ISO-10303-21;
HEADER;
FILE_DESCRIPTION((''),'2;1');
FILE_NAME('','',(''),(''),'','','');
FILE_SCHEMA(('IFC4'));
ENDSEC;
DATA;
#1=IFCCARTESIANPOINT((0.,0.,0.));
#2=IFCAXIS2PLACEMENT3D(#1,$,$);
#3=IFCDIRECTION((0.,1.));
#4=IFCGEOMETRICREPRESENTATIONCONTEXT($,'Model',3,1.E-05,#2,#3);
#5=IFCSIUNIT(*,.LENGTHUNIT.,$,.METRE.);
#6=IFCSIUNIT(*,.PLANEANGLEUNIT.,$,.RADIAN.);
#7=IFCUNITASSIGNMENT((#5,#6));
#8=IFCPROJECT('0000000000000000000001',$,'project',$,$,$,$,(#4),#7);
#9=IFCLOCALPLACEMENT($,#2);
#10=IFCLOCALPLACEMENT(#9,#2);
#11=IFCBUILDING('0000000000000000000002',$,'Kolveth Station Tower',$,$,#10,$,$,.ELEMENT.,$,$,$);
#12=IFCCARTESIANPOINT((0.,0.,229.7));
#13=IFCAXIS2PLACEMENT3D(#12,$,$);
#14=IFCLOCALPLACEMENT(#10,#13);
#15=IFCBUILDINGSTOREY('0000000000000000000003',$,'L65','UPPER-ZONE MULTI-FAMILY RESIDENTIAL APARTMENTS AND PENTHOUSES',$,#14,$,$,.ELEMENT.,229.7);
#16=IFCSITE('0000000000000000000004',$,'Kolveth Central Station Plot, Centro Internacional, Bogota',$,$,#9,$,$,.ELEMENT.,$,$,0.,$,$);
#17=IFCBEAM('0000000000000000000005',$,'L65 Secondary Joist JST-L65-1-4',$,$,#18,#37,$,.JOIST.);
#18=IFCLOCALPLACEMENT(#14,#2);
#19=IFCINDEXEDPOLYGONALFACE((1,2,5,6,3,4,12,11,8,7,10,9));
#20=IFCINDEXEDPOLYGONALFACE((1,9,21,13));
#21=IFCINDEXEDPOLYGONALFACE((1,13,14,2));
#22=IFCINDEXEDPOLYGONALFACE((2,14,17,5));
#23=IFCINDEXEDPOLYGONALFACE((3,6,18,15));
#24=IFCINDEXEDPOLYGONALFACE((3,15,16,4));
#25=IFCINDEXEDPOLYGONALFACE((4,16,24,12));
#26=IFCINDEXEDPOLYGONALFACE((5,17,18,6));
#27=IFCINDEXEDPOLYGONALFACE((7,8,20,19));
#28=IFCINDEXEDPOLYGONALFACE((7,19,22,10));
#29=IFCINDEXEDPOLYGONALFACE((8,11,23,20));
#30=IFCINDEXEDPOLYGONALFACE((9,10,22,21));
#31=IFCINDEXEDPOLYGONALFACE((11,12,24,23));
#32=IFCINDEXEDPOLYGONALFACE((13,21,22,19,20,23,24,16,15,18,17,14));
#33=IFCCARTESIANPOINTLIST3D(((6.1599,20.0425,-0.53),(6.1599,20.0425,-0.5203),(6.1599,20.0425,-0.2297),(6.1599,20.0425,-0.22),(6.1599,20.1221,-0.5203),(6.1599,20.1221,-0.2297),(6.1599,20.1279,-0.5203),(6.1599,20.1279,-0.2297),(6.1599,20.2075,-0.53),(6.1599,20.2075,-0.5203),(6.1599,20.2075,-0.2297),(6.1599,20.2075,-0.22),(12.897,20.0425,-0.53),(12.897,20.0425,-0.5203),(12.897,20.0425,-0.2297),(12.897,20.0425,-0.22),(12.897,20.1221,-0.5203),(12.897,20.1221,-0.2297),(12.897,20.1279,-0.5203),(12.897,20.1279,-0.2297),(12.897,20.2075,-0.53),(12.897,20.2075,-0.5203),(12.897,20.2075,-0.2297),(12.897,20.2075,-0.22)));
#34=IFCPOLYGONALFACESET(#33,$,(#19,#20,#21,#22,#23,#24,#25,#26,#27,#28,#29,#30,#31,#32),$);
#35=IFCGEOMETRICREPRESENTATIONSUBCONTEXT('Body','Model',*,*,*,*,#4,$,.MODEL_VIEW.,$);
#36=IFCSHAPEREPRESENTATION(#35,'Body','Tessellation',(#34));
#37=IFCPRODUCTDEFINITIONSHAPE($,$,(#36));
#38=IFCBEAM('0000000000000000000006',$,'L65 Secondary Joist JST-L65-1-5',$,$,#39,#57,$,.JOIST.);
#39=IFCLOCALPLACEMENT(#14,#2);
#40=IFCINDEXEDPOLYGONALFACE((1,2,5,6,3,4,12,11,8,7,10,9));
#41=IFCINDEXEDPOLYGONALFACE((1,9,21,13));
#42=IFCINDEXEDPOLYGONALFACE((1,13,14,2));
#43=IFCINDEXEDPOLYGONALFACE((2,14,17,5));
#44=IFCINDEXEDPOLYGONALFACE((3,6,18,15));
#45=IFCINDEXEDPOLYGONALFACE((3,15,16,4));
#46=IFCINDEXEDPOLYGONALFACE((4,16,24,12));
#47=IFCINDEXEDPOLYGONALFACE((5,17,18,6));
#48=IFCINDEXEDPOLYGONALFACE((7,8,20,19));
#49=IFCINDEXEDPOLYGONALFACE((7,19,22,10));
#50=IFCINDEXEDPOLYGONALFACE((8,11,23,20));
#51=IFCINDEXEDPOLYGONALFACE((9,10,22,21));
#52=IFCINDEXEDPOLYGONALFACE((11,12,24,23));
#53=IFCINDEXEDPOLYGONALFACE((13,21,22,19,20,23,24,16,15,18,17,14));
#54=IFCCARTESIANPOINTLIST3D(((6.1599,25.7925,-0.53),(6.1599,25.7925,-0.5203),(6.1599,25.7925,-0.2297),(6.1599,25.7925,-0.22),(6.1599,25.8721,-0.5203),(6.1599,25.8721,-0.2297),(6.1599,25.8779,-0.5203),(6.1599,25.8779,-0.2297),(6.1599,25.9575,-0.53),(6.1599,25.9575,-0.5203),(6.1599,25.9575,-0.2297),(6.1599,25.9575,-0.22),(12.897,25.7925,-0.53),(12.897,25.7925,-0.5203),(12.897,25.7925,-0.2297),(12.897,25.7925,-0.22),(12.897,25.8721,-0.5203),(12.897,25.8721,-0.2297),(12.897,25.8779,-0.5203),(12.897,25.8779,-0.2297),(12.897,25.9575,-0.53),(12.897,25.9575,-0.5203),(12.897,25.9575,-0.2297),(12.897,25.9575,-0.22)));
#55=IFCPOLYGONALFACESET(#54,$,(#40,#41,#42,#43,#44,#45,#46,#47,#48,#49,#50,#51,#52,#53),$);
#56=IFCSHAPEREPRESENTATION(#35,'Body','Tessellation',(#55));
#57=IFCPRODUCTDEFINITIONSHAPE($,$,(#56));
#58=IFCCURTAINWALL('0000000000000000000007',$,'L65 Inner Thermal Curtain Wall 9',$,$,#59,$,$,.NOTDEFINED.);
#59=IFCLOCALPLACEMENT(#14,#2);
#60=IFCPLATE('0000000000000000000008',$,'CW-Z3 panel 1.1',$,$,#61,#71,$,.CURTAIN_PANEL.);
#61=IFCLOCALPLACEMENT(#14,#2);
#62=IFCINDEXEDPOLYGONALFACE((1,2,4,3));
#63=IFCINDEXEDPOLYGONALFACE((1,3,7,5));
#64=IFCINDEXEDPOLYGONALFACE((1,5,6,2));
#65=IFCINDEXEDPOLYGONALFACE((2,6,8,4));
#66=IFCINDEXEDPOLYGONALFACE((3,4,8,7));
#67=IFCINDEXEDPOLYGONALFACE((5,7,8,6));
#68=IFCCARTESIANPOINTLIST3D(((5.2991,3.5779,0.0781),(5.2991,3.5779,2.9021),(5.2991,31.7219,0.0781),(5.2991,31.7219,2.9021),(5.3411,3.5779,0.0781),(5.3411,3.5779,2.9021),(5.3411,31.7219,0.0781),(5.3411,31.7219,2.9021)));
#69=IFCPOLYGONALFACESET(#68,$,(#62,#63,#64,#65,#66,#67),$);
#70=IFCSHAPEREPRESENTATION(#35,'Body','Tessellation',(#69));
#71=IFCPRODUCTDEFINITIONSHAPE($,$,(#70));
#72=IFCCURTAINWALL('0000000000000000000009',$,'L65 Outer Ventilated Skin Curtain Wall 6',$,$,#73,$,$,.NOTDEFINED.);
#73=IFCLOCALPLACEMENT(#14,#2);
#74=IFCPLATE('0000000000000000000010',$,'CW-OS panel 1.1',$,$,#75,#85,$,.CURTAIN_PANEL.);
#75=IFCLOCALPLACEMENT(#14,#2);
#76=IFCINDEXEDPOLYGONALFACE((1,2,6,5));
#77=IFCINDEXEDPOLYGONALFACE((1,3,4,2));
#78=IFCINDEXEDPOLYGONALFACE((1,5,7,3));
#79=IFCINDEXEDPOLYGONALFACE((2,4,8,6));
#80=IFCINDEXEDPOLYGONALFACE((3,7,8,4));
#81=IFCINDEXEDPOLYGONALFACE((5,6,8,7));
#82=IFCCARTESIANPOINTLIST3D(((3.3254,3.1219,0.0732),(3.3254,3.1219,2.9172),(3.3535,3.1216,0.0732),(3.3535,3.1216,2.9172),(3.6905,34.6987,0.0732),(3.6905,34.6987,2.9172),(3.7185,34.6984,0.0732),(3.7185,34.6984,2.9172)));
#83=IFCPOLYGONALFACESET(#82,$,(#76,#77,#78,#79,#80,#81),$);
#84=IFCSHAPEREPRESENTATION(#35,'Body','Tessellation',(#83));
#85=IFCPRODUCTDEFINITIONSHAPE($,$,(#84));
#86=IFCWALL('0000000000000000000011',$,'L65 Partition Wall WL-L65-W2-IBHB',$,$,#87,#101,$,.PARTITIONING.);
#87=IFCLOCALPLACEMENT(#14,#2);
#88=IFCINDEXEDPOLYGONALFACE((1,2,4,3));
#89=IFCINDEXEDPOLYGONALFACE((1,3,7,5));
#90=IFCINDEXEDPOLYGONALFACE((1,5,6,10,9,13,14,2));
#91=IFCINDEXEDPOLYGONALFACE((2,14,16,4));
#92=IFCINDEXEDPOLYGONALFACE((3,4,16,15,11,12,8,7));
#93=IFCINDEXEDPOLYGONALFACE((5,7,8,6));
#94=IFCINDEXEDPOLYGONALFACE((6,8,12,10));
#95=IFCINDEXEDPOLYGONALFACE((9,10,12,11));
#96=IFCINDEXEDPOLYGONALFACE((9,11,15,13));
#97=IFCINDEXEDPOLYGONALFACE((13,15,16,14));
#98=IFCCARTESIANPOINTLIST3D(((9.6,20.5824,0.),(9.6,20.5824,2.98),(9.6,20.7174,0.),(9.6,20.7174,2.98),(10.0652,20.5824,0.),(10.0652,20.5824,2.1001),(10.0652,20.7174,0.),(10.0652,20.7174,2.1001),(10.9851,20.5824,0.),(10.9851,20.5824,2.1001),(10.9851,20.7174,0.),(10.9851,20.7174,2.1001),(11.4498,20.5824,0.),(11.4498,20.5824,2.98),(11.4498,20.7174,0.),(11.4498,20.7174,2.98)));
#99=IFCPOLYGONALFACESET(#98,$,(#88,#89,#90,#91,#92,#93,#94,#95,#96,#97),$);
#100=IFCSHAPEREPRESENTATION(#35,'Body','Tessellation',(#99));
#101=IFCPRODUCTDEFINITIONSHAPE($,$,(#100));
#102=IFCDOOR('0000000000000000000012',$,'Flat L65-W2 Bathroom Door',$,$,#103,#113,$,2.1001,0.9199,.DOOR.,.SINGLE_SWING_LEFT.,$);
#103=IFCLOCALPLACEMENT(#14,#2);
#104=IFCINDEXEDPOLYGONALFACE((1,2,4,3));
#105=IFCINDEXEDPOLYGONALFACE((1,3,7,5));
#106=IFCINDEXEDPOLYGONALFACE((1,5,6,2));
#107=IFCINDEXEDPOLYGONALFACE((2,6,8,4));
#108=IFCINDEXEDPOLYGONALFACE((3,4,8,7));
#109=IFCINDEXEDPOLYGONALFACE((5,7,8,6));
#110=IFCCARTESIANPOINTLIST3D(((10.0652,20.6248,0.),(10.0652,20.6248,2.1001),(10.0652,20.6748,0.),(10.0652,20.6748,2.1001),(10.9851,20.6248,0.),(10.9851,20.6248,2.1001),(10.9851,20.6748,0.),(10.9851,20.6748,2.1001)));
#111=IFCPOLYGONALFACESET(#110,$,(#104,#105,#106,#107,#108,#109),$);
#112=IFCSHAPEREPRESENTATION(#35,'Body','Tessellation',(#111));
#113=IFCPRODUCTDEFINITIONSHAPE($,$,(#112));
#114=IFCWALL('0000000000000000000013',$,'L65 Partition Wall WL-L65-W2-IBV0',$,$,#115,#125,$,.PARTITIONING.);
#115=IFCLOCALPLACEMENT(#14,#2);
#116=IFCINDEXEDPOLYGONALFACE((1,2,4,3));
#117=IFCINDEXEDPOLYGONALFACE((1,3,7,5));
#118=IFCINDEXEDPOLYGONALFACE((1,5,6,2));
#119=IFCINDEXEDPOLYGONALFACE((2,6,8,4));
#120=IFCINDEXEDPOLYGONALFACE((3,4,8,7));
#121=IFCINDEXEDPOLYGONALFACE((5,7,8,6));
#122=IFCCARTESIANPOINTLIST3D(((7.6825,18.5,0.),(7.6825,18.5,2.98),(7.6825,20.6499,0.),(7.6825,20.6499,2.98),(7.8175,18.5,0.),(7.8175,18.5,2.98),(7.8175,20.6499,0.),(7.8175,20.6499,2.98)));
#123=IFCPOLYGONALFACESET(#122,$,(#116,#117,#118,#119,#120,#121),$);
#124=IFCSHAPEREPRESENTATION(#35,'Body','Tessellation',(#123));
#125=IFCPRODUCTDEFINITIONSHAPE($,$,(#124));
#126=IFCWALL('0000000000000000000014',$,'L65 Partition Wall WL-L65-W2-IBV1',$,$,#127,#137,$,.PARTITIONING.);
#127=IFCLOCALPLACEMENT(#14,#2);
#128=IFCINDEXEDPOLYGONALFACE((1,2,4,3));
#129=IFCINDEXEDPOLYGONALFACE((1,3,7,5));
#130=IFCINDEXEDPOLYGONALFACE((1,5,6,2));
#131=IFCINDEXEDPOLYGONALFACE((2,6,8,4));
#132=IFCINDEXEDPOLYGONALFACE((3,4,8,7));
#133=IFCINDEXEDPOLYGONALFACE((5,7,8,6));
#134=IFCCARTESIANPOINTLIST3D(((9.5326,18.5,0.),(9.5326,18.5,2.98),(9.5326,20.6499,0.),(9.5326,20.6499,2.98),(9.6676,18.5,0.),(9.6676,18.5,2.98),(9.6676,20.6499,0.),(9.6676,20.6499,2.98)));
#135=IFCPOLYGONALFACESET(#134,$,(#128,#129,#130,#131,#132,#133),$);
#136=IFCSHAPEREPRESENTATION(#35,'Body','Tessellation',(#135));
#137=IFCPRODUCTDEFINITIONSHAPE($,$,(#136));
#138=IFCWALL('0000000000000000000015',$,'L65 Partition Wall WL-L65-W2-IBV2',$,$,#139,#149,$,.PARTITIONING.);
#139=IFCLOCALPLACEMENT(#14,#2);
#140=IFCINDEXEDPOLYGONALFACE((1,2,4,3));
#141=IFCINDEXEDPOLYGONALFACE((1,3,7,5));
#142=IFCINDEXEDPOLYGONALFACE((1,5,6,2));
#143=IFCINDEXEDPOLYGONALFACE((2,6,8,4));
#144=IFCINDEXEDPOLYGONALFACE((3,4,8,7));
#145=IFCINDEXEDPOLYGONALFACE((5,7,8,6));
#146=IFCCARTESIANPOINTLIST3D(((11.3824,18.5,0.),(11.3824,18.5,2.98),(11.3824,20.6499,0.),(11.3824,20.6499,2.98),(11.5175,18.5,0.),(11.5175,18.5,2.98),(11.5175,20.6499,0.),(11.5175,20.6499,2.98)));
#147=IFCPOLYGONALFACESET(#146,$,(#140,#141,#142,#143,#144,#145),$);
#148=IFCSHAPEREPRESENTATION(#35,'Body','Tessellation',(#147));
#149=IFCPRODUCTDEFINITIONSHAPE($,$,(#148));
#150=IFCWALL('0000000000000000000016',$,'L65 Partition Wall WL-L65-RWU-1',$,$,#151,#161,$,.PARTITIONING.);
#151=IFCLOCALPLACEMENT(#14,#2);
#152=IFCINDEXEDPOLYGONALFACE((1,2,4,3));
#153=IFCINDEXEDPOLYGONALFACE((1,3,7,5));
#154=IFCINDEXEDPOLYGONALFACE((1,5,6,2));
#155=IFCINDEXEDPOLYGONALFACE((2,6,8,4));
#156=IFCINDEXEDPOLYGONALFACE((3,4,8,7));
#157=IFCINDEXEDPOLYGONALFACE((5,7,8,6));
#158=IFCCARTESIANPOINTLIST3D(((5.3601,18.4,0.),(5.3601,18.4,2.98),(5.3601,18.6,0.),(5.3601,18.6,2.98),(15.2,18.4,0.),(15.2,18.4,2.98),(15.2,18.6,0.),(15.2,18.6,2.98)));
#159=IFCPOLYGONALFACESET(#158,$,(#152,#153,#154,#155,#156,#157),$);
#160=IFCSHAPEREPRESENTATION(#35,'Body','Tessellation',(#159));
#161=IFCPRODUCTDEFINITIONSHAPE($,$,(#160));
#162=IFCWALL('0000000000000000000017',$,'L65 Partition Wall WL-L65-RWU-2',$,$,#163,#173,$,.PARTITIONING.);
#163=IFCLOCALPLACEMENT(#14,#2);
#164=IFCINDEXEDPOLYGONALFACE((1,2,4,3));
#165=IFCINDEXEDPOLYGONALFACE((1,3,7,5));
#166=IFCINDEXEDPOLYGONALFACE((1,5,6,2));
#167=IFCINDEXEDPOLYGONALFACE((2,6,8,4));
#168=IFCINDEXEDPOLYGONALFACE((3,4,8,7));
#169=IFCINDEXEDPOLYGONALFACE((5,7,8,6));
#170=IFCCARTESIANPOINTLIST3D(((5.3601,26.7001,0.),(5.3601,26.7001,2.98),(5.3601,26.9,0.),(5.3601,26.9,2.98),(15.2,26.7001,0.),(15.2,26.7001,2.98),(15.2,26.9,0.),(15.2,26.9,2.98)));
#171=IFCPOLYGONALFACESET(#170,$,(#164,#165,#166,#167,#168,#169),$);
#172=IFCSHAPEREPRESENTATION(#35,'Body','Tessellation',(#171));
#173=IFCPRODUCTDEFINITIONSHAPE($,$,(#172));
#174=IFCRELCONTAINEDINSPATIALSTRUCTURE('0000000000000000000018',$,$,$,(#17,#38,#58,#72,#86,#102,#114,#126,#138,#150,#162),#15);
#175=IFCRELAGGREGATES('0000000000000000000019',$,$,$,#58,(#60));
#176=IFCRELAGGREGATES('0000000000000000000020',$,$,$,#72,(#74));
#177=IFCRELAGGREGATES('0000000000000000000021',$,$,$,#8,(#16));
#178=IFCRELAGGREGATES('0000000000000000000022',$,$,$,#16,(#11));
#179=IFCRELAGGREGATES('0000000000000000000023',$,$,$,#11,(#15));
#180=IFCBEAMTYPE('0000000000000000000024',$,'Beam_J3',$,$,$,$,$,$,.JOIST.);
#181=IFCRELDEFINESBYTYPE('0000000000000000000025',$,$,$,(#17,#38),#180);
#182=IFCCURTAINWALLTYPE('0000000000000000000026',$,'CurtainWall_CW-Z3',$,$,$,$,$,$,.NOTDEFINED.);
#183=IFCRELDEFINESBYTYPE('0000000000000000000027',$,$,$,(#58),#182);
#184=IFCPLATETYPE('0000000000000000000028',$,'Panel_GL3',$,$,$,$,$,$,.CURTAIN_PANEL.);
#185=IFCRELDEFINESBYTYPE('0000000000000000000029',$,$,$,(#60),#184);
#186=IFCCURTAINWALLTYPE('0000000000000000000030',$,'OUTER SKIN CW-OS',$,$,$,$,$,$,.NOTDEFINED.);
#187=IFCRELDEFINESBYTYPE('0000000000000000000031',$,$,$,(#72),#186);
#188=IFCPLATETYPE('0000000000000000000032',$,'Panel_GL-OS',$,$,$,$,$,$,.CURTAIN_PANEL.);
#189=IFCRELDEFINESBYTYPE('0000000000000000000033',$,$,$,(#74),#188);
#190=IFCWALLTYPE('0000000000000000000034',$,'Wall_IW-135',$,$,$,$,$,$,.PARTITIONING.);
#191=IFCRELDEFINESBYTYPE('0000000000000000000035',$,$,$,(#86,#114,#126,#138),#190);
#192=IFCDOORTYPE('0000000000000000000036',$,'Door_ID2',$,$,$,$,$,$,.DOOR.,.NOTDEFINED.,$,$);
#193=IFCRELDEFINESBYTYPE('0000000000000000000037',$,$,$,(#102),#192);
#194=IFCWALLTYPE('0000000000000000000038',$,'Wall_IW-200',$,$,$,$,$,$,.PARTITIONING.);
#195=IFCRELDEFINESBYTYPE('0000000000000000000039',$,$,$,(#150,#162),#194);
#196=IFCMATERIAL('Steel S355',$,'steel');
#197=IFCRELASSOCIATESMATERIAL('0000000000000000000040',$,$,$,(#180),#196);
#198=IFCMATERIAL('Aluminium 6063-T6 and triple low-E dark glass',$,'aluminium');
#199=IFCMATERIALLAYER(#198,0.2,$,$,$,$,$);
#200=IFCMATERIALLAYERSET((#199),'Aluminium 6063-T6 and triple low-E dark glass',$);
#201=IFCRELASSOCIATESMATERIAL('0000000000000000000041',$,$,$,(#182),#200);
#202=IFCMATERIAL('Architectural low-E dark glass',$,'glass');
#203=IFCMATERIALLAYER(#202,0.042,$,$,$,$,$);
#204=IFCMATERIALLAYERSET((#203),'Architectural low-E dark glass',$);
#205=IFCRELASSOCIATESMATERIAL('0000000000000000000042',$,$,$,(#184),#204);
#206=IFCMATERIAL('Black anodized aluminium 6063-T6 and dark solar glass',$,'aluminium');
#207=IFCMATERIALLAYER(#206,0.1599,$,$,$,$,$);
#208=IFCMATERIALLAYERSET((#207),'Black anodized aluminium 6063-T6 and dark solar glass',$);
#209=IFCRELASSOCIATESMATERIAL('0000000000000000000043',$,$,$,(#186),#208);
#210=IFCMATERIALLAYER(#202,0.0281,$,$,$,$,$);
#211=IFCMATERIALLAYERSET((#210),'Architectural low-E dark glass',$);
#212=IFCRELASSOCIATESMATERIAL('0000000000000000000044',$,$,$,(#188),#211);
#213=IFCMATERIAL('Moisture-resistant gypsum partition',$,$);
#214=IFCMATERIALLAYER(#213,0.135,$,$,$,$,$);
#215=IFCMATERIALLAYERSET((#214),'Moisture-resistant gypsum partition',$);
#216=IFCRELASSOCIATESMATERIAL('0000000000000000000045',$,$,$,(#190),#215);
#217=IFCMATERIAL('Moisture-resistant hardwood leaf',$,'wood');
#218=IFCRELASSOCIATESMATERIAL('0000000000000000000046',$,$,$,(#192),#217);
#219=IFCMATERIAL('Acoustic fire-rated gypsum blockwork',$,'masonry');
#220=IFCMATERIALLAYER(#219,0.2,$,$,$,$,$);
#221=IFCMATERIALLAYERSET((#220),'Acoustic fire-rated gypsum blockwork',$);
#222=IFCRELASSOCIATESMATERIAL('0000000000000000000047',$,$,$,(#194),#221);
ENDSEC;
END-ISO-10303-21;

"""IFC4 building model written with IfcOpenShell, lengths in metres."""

from ifc_helpers import new_model, si_unit, direction, frame, frame_2d, origin, origin_2d, place, context, subcontext, project, spatial, rectangle, i_section, extrude, source, transform, mapped, material, layer, layer_set, material_profile, profile_set, type_object, element, fill, aggregate, save


model = new_model("IFC4")

# Units and contexts
model_context = context("Model", 3, precision=1e-05, world=origin(), true_north=direction((0.0, 1.0)))
body_context = subcontext(model_context, "Body", "Model", "MODEL_VIEW")
ifc_project = project(units=[si_unit("LENGTHUNIT", "METRE"), si_unit("PLANEANGLEUNIT", "RADIAN")], contexts=[model_context])

# Site, building, storey
site_placement = place(None, origin())
site = spatial("IfcSite", under=ifc_project, at=site_placement, Name="Kolveth Central Station Plot, Centro Internacional, Bogota", CompositionType="ELEMENT", RefElevation=0.0)
building_placement = place(site_placement, origin())
building = spatial("IfcBuilding", under=site, at=building_placement, Name="Kolveth Station Tower", CompositionType="ELEMENT")
storey_placement = place(building_placement, frame((0.0, 0.0, 229.7)))
storey = spatial("IfcBuildingStorey", under=building, at=storey_placement, Name="L65", Description="UPPER-ZONE MULTI-FAMILY RESIDENTIAL APARTMENTS AND PENTHOUSES", CompositionType="ELEMENT", Elevation=229.7)

# Shared definitions
ifc_material_1 = material(Name="Steel S355", Category="steel")

# Beams
ifc_material_profile_1 = material_profile(ifc_material_1, i_section(OverallWidth=0.165, OverallDepth=0.3101, WebThickness=0.0059, FlangeThickness=0.0098, at=origin_2d()), Name="W310x39")
ifc_profile_set_1 = profile_set([ifc_material_profile_1], Name="Steel S355")
beam_type_1 = type_object("IfcBeamType", Name="Beam_J3", PredefinedType="JOIST", material=ifc_profile_set_1)
shared_shape_1 = source(origin(), body_context, "Body", "SweptSolid", [
    extrude(i_section(OverallWidth=0.165, OverallDepth=0.3101, WebThickness=0.0059, FlangeThickness=0.0098, at=origin_2d()), origin(), (0.0, 0.0, 1.0), 6.7371),
])
for number, where, z_axis, x_axis, name in (
    (1, (6.1599, 20.125, -0.375), (1.0, 0.0, 0.0), (0.0, 1.0, 0.0), "L65 Secondary Joist JST-L65-1-4"),
    (2, (6.1599, 25.875, -0.375), (1.0, 0.0, 0.0), (0.0, 1.0, 0.0), "L65 Secondary Joist JST-L65-1-5"),
):
    element("IfcBeam", number, at=place(storey_placement, frame(where, z_axis=z_axis, x_axis=x_axis)), inside=storey, type_object=beam_type_1, Name=name, PredefinedType="JOIST", context=body_context, shape_type="MappedRepresentation", body=[
        mapped(shared_shape_1, transform((0.0, 0.0, 0.0), x_axis=(1.0, 0.0, 0.0), y_axis=(0.0, 1.0, 0.0), z_axis=(0.0, 0.0, 1.0), scale=1.0)),
    ])

# Curtain walls, plates
ifc_material_2 = material(Name="Aluminium 6063-T6 and triple low-E dark glass", Category="aluminium")
ifc_layer_1 = layer(ifc_material_2, 0.2)
ifc_layer_set_1 = layer_set([ifc_layer_1], Name="Aluminium 6063-T6 and triple low-E dark glass")
curtain_wall_type_1 = type_object("IfcCurtainWallType", Name="CurtainWall_CW-Z3", PredefinedType="NOTDEFINED", material=ifc_layer_set_1)
curtain_wall_1_placement = place(storey_placement, origin())
curtain_wall_1 = element("IfcCurtainWall", 3, at=curtain_wall_1_placement, inside=storey, type_object=curtain_wall_type_1, Name="L65 Inner Thermal Curtain Wall 9", PredefinedType="NOTDEFINED")
ifc_material_3 = material(Name="Architectural low-E dark glass", Category="glass")
ifc_layer_2 = layer(ifc_material_3, 0.042)
ifc_layer_set_2 = layer_set([ifc_layer_2], Name="Architectural low-E dark glass")
plate_type_1 = type_object("IfcPlateType", Name="Panel_GL3", PredefinedType="CURTAIN_PANEL", material=ifc_layer_set_2)
shared_shape_2 = source(origin(), body_context, "Body", "SweptSolid", [
    extrude(rectangle(XDim=28.144, YDim=0.042, at=origin_2d()), origin(), (0.0, 0.0, 1.0), 2.824),
])
plate_1_placement = place(storey_placement, frame((5.3201, 17.6499, 0.0781), z_axis=(0.0, 0.0, 1.0), x_axis=(0.0, -1.0, 0.0)))
plate_1 = element("IfcPlate", 4, at=plate_1_placement, type_object=plate_type_1, Name="CW-Z3 panel 1.1", PredefinedType="CURTAIN_PANEL", context=body_context, shape_type="MappedRepresentation", body=[
    mapped(shared_shape_2, transform((0.0, 0.0, 0.0), x_axis=(1.0, 0.0, 0.0), y_axis=(0.0, 1.0, 0.0), z_axis=(0.0, 0.0, 1.0), scale=1.0)),
])
aggregate(curtain_wall_1, [plate_1])
ifc_material_4 = material(Name="Black anodized aluminium 6063-T6 and dark solar glass", Category="aluminium")
ifc_layer_3 = layer(ifc_material_4, 0.1599)
ifc_layer_set_3 = layer_set([ifc_layer_3], Name="Black anodized aluminium 6063-T6 and dark solar glass")
curtain_wall_type_2 = type_object("IfcCurtainWallType", Name="OUTER SKIN CW-OS", PredefinedType="NOTDEFINED", material=ifc_layer_set_3)
curtain_wall_2_placement = place(storey_placement, origin())
curtain_wall_2 = element("IfcCurtainWall", 5, at=curtain_wall_2_placement, inside=storey, type_object=curtain_wall_type_2, Name="L65 Outer Ventilated Skin Curtain Wall 6", PredefinedType="NOTDEFINED")
ifc_layer_4 = layer(ifc_material_3, 0.0281)
ifc_layer_set_4 = layer_set([ifc_layer_4], Name="Architectural low-E dark glass")
plate_type_2 = type_object("IfcPlateType", Name="Panel_GL-OS", PredefinedType="CURTAIN_PANEL", material=ifc_layer_set_4)
shared_shape_3 = source(origin(), body_context, "Body", "SweptSolid", [
    extrude(rectangle(XDim=31.5789, YDim=0.0281, at=origin_2d()), origin(), (0.0, 0.0, 1.0), 2.844),
])
plate_2_placement = place(storey_placement, frame((3.522, 18.9102, 0.0732), z_axis=(0.0, 0.0, 1.0), x_axis=(-0.011561, -0.999933, 0.0)))
plate_2 = element("IfcPlate", 6, at=plate_2_placement, type_object=plate_type_2, Name="CW-OS panel 1.1", PredefinedType="CURTAIN_PANEL", context=body_context, shape_type="MappedRepresentation", body=[
    mapped(shared_shape_3, transform((0.0, 0.0, 0.0), x_axis=(1.0, 0.0, 0.0), y_axis=(0.0, 1.0, 0.0), z_axis=(0.0, 0.0, 1.0), scale=1.0)),
])
aggregate(curtain_wall_2, [plate_2])

# Wall, opening, door
ifc_material_5 = material(Name="Moisture-resistant gypsum partition")
ifc_layer_5 = layer(ifc_material_5, 0.135)
ifc_layer_set_5 = layer_set([ifc_layer_5], Name="Moisture-resistant gypsum partition")
wall_type_1 = type_object("IfcWallType", Name="Wall_IW-135", PredefinedType="PARTITIONING", material=ifc_layer_set_5)
wall_1_placement = place(storey_placement, frame((9.6001, 20.6499, 0.0), z_axis=(0.0, 0.0, 1.0), x_axis=(1.0, 0.0, 0.0)))
wall_1 = element("IfcWall", 7, at=wall_1_placement, inside=storey, type_object=wall_type_1, Name="L65 Partition Wall WL-L65-W2-IBHB", PredefinedType="PARTITIONING", context=body_context, shape_type="SweptSolid", body=[
    extrude(rectangle(XDim=1.8499, YDim=0.135, at=frame_2d((0.9248, 0.0))), origin(), (0.0, 0.0, 1.0), 2.98),
])
opening_1_placement = place(wall_1_placement, frame((0.4651, 0.0, 0.0)))
opening_1 = element("IfcOpeningElement", 8, at=opening_1_placement, cuts=wall_1, PredefinedType="OPENING", context=body_context, shape_type="SweptSolid", body=[
    extrude(rectangle(XDim=0.9199, YDim=2.1001, at=frame_2d((0.46, 1.05))), frame((0.0, 0.0774, 0.0), z_axis=(0.0, -1.0, 0.0), x_axis=(1.0, 0.0, 0.0)), (0.0, 0.0, 1.0), 0.155),
])
ifc_material_6 = material(Name="Moisture-resistant hardwood leaf", Category="wood")
door_type_1 = type_object("IfcDoorType", Name="Door_ID2", OperationType="NOTDEFINED", PredefinedType="DOOR", material=ifc_material_6)
door_1_placement = place(opening_1_placement, origin())
door_1 = element("IfcDoor", 9, at=door_1_placement, inside=storey, type_object=door_type_1, Name="Flat L65-W2 Bathroom Door", OperationType="SINGLE_SWING_LEFT", OverallHeight=2.1001, OverallWidth=0.9199, PredefinedType="DOOR", context=body_context, shape_type="SweptSolid", body=[
    extrude(rectangle(XDim=0.9199, YDim=2.1001, at=frame_2d((0.46, 1.05))), frame((0.0, 0.0249, 0.0), z_axis=(0.0, -1.0, 0.0), x_axis=(1.0, 0.0, 0.0)), (0.0, 0.0, 1.0), 0.05),
])
fill(opening_1, door_1)

# Walls
for number, where, z_axis, x_axis, name in (
    (10, (7.75, 18.5, 0.0), (0.0, 0.0, 1.0), (0.0, 1.0, 0.0), "L65 Partition Wall WL-L65-W2-IBV0"),
    (11, (9.6001, 18.5, 0.0), (0.0, 0.0, 1.0), (0.0, 1.0, 0.0), "L65 Partition Wall WL-L65-W2-IBV1"),
    (12, (11.45, 18.5, 0.0), (0.0, 0.0, 1.0), (0.0, 1.0, 0.0), "L65 Partition Wall WL-L65-W2-IBV2"),
):
    element("IfcWall", number, at=place(storey_placement, frame(where, z_axis=z_axis, x_axis=x_axis)), inside=storey, type_object=wall_type_1, Name=name, PredefinedType="PARTITIONING", context=body_context, shape_type="SweptSolid", body=[
        extrude(rectangle(XDim=2.1499, YDim=0.135, at=frame_2d((1.075, 0.0))), origin(), (0.0, 0.0, 1.0), 2.98),
    ])
ifc_material_7 = material(Name="Acoustic fire-rated gypsum blockwork", Category="masonry")
ifc_layer_6 = layer(ifc_material_7, 0.2)
ifc_layer_set_6 = layer_set([ifc_layer_6], Name="Acoustic fire-rated gypsum blockwork")
wall_type_2 = type_object("IfcWallType", Name="Wall_IW-200", PredefinedType="PARTITIONING", material=ifc_layer_set_6)
for number, where, z_axis, x_axis, name in (
    (13, (5.3601, 18.5, 0.0), (0.0, 0.0, 1.0), (1.0, 0.0, 0.0), "L65 Partition Wall WL-L65-RWU-1"),
    (14, (5.3601, 26.8, 0.0), (0.0, 0.0, 1.0), (1.0, 0.0, 0.0), "L65 Partition Wall WL-L65-RWU-2"),
):
    element("IfcWall", number, at=place(storey_placement, frame(where, z_axis=z_axis, x_axis=x_axis)), inside=storey, type_object=wall_type_2, Name=name, PredefinedType="PARTITIONING", context=body_context, shape_type="SweptSolid", body=[
        extrude(rectangle(XDim=9.8398, YDim=0.2, at=frame_2d((4.9199, 0.0))), origin(), (0.0, 0.0, 1.0), 2.98),
    ])

save(model, "model.ifc")
